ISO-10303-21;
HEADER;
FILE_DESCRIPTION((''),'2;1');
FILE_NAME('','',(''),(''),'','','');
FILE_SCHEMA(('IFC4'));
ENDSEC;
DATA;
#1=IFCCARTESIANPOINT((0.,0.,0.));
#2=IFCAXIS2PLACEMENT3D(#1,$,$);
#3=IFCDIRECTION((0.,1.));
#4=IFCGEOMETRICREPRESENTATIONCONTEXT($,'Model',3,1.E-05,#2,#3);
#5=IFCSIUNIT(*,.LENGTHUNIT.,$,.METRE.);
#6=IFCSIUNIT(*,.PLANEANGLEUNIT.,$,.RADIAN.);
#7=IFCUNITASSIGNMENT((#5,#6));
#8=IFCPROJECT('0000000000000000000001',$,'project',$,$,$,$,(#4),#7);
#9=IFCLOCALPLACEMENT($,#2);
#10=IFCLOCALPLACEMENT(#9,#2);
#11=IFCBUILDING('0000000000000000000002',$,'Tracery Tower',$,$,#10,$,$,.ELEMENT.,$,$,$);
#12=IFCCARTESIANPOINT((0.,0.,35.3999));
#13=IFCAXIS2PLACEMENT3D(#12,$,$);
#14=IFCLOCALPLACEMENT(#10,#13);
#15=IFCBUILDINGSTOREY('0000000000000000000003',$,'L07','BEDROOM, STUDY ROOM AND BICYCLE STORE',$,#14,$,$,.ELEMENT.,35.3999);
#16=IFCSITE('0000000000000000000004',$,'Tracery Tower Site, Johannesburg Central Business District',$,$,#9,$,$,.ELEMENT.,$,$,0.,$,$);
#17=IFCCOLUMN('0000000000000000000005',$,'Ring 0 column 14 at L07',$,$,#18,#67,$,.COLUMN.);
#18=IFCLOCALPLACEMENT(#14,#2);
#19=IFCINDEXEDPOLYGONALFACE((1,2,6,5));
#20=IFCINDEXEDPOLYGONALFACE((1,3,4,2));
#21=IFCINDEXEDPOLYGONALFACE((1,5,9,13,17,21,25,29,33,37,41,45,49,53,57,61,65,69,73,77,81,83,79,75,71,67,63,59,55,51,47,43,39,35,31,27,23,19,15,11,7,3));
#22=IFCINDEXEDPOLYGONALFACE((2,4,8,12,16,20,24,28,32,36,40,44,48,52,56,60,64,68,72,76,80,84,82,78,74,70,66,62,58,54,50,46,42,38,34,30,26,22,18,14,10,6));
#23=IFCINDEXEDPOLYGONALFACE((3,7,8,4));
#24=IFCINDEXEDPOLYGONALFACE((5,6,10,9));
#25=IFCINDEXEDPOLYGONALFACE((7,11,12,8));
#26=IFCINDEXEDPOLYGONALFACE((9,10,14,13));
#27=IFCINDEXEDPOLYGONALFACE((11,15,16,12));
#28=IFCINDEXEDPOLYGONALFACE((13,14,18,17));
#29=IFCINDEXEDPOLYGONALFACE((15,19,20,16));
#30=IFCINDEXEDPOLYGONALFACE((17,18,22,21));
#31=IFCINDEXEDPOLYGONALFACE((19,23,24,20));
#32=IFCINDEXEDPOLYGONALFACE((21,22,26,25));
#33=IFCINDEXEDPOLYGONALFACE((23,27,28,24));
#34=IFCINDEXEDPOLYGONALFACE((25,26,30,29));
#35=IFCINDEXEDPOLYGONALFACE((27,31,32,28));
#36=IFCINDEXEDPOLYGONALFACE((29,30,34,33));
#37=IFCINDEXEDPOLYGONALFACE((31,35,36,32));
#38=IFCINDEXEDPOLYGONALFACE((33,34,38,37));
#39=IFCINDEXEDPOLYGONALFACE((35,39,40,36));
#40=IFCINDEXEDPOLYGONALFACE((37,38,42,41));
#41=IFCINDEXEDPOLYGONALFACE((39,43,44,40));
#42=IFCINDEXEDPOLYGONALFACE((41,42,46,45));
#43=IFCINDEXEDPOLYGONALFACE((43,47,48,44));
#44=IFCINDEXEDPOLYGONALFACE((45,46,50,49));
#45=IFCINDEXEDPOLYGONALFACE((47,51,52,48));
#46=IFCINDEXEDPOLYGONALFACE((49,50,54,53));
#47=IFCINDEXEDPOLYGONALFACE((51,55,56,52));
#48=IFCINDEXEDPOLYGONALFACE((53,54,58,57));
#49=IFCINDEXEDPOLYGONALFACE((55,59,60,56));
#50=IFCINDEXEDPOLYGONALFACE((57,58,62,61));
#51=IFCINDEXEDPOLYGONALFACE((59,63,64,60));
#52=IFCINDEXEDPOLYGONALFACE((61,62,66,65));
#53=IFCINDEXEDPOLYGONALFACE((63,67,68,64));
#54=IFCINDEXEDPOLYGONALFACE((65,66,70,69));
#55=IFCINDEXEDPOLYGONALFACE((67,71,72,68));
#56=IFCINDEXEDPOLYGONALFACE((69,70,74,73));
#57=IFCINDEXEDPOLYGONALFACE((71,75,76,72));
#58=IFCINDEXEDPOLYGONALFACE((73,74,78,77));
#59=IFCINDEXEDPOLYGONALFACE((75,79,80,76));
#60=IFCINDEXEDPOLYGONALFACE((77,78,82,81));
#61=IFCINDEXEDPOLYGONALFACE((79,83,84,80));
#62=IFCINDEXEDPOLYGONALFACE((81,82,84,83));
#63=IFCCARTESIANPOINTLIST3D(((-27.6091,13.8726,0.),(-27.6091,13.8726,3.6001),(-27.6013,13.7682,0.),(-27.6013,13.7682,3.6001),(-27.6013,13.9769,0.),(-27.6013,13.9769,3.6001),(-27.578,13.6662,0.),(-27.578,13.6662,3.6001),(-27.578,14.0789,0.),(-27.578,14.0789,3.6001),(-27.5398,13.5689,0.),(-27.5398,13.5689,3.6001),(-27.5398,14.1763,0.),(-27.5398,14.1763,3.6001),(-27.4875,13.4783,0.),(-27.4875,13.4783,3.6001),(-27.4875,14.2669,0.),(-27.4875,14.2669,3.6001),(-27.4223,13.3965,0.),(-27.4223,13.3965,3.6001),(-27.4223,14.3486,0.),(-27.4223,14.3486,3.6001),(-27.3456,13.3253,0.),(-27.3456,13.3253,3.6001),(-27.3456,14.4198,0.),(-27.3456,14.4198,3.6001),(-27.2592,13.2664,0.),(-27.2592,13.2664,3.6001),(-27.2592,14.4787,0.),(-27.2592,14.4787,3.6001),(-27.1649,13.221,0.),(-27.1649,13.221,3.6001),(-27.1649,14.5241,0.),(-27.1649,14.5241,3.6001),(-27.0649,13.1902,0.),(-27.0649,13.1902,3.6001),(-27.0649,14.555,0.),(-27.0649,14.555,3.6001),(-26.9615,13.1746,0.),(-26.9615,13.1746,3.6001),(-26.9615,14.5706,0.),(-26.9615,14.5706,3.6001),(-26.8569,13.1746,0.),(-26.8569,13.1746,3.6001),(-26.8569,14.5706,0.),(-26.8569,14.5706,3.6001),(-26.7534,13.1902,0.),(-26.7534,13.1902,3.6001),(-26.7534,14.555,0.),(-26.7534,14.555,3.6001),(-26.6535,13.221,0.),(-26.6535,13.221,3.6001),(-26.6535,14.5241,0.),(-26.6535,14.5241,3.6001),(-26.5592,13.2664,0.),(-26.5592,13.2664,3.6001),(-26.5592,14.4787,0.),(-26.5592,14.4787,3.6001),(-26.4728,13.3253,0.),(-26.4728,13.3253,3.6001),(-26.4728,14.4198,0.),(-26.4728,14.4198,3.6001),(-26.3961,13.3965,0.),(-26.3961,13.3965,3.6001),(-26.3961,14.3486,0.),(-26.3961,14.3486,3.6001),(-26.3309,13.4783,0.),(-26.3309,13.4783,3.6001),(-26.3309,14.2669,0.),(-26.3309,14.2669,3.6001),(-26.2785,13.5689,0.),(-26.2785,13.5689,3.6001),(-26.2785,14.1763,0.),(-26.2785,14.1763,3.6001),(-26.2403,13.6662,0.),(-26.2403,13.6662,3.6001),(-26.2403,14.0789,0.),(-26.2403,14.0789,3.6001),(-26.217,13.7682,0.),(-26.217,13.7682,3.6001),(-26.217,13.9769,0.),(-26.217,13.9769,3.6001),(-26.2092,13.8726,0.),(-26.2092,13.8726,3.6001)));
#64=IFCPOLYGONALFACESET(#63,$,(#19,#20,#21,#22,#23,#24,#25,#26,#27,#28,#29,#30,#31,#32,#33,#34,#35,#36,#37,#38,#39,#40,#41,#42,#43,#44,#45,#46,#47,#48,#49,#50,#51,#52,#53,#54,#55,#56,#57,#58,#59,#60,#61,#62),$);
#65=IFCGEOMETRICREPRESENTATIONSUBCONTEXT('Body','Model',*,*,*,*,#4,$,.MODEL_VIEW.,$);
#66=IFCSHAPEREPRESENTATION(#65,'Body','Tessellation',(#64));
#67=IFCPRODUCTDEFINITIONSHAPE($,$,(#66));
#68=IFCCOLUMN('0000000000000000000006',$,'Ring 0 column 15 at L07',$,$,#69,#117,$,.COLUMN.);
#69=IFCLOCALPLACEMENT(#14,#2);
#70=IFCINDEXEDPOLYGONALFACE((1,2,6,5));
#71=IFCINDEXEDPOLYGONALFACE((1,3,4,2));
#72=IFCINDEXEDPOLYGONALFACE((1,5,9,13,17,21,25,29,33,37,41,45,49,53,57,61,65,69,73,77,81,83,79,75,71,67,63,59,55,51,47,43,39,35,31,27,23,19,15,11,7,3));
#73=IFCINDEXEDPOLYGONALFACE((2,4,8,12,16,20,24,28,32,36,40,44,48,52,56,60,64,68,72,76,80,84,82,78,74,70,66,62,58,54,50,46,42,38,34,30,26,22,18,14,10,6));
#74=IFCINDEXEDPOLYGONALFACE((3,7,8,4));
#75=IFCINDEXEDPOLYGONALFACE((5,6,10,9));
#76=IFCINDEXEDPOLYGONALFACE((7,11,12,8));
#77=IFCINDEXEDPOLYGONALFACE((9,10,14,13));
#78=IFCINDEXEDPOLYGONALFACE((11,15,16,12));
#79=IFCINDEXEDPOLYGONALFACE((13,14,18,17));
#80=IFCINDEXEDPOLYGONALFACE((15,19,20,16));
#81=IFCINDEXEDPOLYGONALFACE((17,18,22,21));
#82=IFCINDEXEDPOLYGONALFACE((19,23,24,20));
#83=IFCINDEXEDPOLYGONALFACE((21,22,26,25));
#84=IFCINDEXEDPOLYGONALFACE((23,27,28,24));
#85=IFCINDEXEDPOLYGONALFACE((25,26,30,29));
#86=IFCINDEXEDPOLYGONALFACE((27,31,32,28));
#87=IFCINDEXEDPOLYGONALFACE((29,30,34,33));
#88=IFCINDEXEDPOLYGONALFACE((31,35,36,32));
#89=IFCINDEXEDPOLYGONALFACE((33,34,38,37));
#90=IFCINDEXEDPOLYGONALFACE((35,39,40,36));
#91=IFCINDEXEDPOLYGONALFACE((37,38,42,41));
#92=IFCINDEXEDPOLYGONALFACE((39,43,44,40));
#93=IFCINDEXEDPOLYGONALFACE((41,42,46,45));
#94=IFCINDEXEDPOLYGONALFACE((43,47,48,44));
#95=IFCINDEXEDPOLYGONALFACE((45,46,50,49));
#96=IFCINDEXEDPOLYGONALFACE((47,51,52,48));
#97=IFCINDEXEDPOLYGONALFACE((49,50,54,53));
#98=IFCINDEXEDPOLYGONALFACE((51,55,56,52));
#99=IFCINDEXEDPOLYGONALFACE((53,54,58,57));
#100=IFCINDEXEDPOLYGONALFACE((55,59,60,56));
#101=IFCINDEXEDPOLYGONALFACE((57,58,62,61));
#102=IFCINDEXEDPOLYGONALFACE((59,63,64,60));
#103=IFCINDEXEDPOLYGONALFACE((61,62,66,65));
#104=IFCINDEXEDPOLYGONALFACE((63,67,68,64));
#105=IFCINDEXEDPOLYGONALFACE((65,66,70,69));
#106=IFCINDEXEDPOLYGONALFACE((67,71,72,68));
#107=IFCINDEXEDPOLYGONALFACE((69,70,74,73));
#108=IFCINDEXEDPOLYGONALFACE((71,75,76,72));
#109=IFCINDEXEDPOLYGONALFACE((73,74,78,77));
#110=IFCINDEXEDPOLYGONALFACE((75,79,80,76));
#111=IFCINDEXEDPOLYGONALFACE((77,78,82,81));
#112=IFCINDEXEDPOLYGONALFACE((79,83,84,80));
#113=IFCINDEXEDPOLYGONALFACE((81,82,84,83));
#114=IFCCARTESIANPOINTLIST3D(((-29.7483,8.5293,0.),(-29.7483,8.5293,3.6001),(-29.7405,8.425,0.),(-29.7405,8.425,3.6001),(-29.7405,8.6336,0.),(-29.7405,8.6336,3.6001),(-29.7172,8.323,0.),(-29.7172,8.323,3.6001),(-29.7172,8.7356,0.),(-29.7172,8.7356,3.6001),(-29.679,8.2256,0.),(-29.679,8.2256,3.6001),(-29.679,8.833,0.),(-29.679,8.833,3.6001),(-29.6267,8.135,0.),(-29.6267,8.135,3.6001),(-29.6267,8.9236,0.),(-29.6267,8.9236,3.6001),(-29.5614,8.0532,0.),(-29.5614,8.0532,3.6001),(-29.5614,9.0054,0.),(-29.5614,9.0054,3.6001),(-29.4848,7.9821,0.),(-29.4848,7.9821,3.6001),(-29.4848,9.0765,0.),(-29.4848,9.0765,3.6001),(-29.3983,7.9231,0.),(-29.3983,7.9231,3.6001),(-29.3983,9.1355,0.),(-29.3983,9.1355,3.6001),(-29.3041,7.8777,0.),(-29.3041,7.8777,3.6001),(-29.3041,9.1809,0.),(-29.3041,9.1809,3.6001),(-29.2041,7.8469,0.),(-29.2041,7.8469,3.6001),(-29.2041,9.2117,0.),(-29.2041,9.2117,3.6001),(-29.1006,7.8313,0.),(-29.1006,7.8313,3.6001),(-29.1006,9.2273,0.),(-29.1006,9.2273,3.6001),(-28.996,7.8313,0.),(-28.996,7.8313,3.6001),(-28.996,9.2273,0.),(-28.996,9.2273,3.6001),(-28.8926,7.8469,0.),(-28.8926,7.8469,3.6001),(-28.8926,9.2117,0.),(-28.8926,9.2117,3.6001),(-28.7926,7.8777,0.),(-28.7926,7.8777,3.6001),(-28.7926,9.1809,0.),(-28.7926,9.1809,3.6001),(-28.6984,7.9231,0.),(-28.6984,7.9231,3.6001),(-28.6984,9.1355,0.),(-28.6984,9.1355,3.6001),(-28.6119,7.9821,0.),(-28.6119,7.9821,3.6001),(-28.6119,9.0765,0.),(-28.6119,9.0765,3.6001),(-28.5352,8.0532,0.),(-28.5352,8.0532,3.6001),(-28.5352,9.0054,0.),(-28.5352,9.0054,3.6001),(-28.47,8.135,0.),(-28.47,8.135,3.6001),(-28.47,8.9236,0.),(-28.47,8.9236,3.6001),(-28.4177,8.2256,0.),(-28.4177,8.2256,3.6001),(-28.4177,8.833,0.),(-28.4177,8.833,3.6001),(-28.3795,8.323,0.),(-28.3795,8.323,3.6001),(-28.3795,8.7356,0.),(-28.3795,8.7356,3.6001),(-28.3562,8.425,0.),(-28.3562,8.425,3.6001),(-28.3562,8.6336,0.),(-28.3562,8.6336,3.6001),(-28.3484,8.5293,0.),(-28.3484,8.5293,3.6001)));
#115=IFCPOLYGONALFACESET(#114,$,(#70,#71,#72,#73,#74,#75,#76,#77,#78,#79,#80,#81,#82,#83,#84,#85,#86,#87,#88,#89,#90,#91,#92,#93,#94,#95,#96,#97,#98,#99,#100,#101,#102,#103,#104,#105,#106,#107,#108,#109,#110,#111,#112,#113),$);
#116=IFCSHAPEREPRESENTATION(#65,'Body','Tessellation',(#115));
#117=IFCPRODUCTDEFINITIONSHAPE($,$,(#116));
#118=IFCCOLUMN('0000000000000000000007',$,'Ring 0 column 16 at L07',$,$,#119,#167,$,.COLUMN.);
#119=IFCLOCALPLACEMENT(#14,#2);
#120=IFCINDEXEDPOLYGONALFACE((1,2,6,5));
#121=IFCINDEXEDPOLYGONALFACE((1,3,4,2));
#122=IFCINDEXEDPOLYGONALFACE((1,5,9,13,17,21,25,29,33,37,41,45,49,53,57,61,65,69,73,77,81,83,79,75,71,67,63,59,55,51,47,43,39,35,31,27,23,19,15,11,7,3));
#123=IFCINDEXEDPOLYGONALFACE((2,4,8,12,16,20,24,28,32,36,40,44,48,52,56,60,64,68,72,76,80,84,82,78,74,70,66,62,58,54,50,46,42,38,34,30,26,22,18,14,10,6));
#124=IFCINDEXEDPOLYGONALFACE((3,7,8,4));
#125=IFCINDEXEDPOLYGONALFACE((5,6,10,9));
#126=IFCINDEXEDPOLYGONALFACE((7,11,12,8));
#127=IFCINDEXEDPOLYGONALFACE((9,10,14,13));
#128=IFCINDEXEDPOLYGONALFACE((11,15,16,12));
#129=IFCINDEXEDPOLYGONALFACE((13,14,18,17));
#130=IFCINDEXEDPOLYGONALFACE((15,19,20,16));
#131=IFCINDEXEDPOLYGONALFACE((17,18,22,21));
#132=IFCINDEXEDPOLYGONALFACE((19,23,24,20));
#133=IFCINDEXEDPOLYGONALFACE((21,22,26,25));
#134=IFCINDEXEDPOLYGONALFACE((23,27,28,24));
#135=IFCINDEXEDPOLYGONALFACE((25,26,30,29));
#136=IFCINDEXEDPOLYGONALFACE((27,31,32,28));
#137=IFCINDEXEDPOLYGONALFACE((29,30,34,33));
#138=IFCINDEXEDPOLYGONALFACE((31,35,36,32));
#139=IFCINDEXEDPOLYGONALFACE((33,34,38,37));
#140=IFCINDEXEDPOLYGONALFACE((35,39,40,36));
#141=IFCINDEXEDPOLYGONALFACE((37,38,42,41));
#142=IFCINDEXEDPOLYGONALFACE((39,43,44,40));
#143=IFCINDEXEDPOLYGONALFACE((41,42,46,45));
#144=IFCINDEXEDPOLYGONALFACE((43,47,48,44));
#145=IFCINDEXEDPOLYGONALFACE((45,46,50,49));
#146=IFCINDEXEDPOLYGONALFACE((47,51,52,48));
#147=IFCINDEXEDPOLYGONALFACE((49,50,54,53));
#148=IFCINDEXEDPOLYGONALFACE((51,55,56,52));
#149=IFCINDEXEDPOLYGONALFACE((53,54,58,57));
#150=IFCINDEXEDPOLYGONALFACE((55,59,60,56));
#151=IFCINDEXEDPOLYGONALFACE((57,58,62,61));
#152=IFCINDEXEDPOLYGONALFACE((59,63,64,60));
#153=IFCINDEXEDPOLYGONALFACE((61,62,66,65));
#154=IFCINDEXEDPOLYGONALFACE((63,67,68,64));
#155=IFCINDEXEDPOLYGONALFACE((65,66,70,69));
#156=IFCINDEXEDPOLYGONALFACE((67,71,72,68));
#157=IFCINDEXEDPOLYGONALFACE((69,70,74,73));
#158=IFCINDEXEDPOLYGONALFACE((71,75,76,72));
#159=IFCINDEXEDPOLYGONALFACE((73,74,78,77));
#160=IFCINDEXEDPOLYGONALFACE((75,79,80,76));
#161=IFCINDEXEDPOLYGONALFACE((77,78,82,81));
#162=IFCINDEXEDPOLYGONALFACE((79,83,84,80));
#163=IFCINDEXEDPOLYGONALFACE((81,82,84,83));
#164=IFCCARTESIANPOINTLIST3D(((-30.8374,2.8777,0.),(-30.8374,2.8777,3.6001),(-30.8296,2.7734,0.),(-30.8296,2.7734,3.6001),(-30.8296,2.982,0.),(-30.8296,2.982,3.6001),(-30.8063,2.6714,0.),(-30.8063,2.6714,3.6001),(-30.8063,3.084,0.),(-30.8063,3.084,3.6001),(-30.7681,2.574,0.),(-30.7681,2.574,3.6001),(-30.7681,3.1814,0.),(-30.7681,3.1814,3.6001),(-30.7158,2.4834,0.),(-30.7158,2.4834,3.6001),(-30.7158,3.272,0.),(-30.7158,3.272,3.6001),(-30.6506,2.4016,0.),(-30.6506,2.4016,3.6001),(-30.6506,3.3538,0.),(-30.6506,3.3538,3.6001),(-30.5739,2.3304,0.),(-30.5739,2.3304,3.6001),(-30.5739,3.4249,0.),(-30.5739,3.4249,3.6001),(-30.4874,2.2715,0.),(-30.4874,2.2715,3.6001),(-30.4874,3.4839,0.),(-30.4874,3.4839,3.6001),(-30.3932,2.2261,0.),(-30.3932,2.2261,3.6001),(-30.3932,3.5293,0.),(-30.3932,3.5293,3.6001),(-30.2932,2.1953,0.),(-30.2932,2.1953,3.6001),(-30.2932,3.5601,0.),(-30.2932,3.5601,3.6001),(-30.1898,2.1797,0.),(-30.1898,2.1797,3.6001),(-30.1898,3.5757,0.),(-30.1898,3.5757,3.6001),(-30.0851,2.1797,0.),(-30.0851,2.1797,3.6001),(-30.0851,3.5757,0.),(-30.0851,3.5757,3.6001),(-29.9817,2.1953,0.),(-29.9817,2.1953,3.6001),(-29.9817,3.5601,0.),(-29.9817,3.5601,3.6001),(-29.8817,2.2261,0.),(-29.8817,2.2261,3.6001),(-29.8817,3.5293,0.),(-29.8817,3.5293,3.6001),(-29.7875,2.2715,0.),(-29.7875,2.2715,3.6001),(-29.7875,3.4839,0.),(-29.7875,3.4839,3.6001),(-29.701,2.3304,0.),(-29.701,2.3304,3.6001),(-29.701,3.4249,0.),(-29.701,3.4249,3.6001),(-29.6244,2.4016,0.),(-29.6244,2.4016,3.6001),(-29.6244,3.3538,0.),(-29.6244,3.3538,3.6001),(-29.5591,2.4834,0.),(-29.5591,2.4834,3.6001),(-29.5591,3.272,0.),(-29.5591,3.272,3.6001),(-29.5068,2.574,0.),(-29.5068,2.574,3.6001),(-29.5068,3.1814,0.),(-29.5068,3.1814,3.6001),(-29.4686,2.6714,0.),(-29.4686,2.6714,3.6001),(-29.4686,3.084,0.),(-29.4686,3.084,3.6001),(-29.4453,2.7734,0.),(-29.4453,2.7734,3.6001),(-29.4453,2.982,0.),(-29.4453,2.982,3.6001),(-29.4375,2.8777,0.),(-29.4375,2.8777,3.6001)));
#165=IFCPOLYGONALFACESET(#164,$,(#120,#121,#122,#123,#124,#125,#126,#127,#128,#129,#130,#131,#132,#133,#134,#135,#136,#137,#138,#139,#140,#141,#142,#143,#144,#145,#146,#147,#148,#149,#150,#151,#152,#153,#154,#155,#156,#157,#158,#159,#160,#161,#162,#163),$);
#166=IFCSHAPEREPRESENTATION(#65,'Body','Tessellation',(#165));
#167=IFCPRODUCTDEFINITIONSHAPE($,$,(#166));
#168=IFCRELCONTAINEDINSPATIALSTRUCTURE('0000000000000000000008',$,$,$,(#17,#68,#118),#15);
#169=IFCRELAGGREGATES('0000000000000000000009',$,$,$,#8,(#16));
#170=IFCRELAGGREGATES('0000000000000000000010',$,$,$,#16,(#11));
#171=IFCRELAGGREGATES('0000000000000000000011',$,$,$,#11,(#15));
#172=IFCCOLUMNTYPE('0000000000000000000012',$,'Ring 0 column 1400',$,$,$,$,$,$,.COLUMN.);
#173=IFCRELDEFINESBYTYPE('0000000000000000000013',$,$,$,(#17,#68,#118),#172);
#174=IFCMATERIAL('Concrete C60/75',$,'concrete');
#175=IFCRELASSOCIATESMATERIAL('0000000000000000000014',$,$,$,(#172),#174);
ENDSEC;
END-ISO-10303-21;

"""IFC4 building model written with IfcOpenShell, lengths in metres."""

from ifc_helpers import new_model, si_unit, direction, frame, origin, origin_2d, place, context, subcontext, project, spatial, circle, extrude, material, material_profile, profile_set, type_object, element, save


model = new_model("IFC4")

# Units and contexts
model_context = context("Model", 3, precision=1e-05, world=origin(), true_north=direction((0.0, 1.0)))
body_context = subcontext(model_context, "Body", "Model", "MODEL_VIEW")
ifc_project = project(units=[si_unit("LENGTHUNIT", "METRE"), si_unit("PLANEANGLEUNIT", "RADIAN")], contexts=[model_context])

# Site, building, storey
site_placement = place(None, origin())
site = spatial("IfcSite", under=ifc_project, at=site_placement, Name="Tracery Tower Site, Johannesburg Central Business District", CompositionType="ELEMENT", RefElevation=0.0)
building_placement = place(site_placement, origin())
building = spatial("IfcBuilding", under=site, at=building_placement, Name="Tracery Tower", CompositionType="ELEMENT")
storey_placement = place(building_placement, frame((0.0, 0.0, 35.3999)))
storey = spatial("IfcBuildingStorey", under=building, at=storey_placement, Name="L07", Description="BEDROOM, STUDY ROOM AND BICYCLE STORE", CompositionType="ELEMENT", Elevation=35.3999)

# Columns
ifc_material_1 = material(Name="Concrete C60/75", Category="concrete")
ifc_material_profile_1 = material_profile(ifc_material_1, circle(Radius=0.7, at=origin_2d()), Name="RC D1400")
ifc_profile_set_1 = profile_set([ifc_material_profile_1], Name="Concrete C60/75")
column_type_1 = type_object("IfcColumnType", Name="Ring 0 column 1400", PredefinedType="COLUMN", material=ifc_profile_set_1)
for number, where, z_axis, x_axis, name in (
    (1, (-26.9092, 13.8726, 0.0), (0.0, 0.0, 1.0), (1.0, 0.0, 0.0), "Ring 0 column 14 at L07"),
    (2, (-29.0483, 8.5293, 0.0), (0.0, 0.0, 1.0), (1.0, 0.0, 0.0), "Ring 0 column 15 at L07"),
    (3, (-30.1375, 2.8777, 0.0), (0.0, 0.0, 1.0), (1.0, 0.0, 0.0), "Ring 0 column 16 at L07"),
):
    element("IfcColumn", number, at=place(storey_placement, frame(where, z_axis=z_axis, x_axis=x_axis)), inside=storey, type_object=column_type_1, Name=name, PredefinedType="COLUMN", context=body_context, shape_type="SweptSolid", body=[
        extrude(circle(Radius=0.7, at=origin_2d()), origin(), (0.0, 0.0, 1.0), 3.6001),
    ])

save(model, "model.ifc")
